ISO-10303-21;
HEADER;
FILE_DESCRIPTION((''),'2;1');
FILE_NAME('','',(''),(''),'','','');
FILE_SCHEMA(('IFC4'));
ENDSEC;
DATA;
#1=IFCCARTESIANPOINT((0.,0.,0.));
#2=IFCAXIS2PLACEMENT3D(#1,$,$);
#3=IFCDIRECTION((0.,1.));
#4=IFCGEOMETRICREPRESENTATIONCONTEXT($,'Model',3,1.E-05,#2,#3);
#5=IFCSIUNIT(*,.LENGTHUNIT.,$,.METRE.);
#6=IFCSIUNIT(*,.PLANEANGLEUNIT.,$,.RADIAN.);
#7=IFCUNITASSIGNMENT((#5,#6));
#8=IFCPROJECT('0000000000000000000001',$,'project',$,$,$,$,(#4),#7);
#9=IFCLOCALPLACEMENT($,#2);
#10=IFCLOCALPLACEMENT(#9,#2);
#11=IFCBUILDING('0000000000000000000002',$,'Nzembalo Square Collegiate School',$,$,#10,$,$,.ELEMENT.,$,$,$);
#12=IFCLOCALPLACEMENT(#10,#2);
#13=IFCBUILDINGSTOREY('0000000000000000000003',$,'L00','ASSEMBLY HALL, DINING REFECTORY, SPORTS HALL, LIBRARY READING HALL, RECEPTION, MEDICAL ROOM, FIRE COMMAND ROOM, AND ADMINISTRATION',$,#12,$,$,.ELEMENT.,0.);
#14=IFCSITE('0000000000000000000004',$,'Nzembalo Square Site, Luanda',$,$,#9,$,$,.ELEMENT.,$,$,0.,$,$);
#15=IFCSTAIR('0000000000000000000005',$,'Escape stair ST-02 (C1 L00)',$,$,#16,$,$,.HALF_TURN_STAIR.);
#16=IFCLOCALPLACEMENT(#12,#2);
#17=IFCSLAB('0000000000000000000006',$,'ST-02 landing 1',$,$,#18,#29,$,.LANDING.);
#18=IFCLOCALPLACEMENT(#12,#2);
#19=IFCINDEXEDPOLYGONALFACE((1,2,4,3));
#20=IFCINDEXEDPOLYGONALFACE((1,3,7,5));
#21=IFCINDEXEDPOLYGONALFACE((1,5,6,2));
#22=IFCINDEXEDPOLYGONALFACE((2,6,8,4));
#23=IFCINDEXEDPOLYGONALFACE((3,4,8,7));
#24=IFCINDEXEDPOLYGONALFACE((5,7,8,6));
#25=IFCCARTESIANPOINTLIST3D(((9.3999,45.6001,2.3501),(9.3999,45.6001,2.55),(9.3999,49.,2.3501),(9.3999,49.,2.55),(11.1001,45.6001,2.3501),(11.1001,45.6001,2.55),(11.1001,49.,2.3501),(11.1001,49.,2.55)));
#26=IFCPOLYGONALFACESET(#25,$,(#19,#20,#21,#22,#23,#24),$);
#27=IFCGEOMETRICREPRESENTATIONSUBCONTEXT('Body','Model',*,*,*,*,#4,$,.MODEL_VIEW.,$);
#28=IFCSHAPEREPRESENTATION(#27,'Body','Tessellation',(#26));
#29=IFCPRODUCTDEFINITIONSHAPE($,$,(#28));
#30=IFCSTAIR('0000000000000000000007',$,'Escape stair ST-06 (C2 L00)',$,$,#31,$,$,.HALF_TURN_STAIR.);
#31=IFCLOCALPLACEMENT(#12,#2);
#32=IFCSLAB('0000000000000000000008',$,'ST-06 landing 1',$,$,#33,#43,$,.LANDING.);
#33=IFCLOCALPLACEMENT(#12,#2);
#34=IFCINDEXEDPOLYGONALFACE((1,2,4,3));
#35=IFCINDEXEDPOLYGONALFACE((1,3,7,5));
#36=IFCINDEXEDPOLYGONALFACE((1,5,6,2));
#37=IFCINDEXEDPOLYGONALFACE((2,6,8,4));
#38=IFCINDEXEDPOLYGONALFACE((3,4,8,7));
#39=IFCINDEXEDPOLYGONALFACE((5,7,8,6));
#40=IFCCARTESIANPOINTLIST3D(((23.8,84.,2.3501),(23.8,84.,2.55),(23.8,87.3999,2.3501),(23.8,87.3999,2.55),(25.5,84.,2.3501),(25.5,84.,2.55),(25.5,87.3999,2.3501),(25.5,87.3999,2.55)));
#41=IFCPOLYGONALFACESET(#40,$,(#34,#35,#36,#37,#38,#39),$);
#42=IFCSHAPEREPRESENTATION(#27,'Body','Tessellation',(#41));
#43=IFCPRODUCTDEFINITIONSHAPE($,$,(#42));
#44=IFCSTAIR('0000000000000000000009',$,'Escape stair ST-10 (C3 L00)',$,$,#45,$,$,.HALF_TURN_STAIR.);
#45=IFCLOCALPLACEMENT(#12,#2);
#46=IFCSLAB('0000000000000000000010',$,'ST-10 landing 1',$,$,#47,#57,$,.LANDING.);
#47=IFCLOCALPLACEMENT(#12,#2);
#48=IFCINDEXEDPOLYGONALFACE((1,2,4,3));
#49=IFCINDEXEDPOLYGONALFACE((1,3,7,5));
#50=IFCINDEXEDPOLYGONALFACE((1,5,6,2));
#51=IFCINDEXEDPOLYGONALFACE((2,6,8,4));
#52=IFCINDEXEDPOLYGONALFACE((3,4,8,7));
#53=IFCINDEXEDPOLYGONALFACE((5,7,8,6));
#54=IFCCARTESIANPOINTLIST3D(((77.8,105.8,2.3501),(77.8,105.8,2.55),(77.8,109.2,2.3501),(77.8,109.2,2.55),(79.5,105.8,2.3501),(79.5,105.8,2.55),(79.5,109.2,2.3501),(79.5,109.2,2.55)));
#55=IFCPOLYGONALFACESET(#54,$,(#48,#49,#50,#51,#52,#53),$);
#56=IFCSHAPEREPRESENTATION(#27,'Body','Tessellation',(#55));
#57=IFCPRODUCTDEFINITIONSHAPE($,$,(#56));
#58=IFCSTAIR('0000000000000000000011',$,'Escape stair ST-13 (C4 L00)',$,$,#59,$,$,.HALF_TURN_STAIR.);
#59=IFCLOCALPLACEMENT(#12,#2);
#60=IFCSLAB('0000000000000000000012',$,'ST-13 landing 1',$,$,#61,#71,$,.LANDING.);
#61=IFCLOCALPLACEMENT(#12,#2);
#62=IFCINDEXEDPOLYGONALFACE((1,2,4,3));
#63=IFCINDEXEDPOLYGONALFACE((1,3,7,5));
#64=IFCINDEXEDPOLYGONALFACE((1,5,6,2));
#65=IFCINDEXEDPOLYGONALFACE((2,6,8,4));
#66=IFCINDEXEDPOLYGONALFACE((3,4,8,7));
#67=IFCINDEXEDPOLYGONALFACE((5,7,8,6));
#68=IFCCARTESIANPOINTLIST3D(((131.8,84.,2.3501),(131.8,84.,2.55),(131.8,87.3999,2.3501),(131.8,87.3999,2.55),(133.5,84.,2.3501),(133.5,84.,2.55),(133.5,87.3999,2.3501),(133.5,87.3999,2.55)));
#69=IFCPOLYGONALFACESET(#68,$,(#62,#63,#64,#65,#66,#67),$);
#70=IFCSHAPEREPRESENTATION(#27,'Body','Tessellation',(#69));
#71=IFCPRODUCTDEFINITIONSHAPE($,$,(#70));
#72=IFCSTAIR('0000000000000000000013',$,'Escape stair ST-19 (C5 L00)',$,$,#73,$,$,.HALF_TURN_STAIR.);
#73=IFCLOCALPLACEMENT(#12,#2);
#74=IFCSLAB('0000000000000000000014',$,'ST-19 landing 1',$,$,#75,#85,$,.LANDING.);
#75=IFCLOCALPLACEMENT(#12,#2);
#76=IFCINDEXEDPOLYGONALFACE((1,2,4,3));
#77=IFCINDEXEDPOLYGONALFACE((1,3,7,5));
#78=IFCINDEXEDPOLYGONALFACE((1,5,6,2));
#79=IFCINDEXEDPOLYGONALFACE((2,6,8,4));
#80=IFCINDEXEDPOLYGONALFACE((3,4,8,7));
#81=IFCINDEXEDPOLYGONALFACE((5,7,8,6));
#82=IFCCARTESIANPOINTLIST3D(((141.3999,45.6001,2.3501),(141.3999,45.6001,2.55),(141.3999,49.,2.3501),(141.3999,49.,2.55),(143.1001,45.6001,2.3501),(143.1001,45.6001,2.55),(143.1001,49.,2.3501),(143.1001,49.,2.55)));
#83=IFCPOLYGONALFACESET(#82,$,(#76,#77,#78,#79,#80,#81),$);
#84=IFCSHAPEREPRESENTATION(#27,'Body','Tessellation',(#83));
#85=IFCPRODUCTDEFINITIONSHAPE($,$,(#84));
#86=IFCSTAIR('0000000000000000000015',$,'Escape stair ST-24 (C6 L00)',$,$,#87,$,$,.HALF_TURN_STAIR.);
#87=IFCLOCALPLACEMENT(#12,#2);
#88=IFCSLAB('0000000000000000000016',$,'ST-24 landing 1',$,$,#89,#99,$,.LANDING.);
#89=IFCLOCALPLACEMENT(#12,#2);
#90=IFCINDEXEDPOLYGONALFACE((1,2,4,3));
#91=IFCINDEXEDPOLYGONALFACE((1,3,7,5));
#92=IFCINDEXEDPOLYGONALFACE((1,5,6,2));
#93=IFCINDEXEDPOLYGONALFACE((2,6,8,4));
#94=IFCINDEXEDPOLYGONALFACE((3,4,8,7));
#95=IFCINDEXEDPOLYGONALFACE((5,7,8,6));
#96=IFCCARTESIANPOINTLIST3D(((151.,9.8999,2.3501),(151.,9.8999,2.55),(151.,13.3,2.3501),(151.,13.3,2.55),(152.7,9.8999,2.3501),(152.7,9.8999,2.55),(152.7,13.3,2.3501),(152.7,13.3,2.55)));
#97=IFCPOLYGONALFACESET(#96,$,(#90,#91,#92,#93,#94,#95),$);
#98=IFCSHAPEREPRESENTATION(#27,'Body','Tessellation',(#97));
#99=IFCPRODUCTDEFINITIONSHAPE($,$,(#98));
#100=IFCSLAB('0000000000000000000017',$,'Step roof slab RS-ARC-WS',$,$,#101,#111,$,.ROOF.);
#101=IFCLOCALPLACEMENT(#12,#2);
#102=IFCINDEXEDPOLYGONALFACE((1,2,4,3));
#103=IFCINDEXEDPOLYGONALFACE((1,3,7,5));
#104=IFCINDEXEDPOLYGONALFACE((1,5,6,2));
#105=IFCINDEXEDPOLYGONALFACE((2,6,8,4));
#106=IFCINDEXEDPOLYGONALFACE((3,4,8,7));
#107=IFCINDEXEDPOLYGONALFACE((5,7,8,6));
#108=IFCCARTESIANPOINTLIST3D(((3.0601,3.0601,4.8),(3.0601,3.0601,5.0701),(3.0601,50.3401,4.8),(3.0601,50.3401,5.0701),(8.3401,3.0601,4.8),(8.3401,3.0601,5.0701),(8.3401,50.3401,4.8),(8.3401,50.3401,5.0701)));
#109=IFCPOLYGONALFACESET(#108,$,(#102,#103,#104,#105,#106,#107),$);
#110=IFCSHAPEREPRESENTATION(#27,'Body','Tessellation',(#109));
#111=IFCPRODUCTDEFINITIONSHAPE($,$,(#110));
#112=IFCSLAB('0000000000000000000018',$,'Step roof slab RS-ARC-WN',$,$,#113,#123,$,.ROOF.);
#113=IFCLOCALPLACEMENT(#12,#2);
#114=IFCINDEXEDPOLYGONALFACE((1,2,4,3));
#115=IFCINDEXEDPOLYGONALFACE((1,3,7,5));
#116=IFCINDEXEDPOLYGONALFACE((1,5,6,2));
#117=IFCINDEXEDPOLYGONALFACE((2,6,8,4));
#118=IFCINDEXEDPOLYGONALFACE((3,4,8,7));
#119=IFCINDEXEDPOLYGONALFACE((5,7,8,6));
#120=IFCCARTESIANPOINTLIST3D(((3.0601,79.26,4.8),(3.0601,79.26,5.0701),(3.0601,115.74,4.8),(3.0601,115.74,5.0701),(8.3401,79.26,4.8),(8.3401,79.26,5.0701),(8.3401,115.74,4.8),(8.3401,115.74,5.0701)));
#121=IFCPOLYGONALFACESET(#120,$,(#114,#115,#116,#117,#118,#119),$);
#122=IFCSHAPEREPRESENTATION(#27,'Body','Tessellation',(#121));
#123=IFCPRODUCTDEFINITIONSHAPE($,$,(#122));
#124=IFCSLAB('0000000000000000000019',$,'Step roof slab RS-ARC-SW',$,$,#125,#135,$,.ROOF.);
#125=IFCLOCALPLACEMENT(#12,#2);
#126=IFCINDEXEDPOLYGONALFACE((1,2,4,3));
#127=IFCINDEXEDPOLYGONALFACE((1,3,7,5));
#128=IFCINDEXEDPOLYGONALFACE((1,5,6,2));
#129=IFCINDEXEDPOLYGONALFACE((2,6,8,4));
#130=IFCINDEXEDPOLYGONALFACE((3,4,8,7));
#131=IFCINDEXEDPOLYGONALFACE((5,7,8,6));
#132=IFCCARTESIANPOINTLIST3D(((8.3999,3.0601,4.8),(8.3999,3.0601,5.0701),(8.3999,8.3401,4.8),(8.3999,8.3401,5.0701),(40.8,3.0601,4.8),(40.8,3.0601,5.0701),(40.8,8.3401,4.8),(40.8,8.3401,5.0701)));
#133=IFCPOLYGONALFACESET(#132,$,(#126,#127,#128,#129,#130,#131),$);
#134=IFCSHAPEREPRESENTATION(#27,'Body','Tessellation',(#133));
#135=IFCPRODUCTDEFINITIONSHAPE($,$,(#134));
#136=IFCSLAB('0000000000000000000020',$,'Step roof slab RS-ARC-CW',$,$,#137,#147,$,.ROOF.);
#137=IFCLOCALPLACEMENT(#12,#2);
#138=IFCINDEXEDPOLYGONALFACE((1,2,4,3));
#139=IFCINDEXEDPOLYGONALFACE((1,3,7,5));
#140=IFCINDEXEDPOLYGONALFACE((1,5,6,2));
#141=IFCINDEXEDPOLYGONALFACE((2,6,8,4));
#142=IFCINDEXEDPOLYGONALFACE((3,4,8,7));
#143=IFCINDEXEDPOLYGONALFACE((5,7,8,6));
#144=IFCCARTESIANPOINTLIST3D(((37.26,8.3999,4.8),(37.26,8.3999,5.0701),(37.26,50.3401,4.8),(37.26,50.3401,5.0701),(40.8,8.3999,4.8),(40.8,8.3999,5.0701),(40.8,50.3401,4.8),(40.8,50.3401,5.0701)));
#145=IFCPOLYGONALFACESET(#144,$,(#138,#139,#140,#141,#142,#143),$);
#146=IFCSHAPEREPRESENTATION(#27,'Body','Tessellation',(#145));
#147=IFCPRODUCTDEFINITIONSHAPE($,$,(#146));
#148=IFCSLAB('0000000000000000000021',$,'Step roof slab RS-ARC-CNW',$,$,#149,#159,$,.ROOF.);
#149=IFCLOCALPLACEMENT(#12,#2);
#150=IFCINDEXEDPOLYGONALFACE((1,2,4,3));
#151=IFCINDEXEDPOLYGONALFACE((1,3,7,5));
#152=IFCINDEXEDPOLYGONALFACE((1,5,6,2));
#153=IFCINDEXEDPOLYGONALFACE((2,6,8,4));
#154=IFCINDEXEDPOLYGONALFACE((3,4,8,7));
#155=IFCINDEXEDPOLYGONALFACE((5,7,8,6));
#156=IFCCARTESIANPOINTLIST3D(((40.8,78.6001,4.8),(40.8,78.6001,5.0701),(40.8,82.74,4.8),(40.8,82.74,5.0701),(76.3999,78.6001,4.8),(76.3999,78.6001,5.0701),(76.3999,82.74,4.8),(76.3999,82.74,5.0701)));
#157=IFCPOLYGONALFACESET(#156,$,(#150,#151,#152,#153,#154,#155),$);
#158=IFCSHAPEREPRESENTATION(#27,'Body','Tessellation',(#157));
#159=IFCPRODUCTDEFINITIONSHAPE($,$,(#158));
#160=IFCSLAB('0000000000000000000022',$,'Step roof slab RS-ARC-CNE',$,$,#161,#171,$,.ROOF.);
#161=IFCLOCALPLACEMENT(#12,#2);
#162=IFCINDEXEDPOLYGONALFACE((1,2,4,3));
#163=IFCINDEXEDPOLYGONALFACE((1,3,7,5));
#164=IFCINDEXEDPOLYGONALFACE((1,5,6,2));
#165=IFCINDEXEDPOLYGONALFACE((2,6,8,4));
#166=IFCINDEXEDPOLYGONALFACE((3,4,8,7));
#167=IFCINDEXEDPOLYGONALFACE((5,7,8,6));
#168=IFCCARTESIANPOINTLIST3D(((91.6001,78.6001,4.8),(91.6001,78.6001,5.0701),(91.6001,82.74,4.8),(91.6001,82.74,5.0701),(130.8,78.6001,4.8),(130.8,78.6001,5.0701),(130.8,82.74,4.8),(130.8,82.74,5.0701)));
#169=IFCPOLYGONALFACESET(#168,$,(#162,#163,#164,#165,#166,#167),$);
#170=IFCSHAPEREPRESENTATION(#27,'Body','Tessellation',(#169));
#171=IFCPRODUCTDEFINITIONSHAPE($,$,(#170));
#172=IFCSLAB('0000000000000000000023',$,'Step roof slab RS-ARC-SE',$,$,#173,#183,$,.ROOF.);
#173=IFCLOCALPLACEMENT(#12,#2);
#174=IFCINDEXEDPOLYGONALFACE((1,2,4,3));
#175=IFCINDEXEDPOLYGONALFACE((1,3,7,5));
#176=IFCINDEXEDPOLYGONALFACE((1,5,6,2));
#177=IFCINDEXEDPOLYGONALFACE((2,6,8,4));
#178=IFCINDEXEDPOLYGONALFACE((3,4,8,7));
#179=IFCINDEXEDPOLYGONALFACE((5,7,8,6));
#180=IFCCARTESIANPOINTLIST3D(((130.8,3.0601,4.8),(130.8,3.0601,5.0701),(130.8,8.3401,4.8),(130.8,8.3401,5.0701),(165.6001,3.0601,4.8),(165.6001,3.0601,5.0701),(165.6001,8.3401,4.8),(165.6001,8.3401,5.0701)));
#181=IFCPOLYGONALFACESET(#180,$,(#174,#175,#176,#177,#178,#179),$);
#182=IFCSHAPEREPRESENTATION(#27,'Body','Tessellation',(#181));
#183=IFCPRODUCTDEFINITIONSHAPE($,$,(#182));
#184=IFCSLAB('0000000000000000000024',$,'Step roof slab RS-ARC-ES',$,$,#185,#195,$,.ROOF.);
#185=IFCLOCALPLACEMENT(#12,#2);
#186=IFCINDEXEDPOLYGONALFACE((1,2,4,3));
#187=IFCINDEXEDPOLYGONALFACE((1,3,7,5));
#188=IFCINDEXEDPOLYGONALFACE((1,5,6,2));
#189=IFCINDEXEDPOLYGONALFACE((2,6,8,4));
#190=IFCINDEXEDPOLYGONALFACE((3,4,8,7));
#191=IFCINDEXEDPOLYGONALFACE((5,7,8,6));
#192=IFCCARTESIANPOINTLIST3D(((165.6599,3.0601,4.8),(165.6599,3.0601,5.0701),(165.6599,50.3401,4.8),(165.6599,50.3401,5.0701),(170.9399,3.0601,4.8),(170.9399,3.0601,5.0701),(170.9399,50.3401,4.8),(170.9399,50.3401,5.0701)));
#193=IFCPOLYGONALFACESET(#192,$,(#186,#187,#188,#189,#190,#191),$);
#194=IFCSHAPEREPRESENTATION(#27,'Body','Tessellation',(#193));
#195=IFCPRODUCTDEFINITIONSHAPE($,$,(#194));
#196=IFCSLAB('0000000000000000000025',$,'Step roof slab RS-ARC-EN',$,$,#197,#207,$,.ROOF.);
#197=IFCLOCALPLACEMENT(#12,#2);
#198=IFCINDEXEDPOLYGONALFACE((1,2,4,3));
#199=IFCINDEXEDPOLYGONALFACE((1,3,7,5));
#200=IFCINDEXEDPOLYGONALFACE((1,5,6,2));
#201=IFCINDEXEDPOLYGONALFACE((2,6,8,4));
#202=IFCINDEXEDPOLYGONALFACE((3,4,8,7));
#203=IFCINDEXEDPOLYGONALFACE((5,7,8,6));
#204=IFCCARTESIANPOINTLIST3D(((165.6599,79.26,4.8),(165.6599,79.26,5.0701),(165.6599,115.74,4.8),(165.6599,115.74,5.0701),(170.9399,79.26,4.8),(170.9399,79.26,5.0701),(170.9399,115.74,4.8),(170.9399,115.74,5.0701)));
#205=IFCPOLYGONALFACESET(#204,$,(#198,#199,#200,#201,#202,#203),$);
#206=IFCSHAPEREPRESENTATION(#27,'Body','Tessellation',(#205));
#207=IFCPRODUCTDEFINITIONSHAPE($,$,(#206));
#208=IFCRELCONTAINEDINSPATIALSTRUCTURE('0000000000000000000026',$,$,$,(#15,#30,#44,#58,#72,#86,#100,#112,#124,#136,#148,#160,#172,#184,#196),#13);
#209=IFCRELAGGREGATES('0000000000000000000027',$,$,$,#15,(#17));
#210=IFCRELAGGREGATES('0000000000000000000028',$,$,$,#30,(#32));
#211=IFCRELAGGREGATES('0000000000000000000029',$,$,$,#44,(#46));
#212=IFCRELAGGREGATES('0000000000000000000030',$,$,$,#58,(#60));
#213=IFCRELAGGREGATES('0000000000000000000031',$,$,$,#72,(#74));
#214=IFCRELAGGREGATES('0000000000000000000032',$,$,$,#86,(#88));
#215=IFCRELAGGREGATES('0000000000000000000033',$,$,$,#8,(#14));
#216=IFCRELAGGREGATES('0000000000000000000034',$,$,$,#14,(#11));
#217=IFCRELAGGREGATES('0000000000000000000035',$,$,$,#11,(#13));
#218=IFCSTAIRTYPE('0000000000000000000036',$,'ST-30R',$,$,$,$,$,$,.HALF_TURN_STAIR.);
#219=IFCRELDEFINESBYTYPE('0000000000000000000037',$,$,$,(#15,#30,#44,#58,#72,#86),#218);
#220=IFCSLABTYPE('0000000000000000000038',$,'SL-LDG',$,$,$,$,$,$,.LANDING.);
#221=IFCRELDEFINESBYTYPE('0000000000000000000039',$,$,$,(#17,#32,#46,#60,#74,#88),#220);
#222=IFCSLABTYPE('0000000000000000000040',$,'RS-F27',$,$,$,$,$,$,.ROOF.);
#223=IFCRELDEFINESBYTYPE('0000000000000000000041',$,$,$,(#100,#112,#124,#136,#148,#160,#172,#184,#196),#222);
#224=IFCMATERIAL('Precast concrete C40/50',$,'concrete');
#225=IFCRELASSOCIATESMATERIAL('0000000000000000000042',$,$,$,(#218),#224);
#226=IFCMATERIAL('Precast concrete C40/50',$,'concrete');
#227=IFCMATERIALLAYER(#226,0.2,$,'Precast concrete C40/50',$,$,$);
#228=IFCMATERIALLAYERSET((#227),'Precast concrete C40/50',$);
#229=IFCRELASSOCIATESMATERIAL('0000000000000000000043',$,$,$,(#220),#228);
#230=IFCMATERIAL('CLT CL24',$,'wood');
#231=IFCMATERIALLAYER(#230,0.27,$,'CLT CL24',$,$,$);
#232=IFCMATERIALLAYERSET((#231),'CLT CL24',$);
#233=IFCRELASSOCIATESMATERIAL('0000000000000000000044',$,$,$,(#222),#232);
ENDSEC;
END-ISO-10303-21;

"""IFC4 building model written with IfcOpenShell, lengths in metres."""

from ifc_helpers import new_model, si_unit, direction, frame, origin, place, context, subcontext, project, spatial, polyline, outline, extrude, material, layer, layer_set, type_object, element, aggregate, save


model = new_model("IFC4")

# Units and contexts
model_context = context("Model", 3, precision=1e-05, world=origin(), true_north=direction((0.0, 1.0)))
body_context = subcontext(model_context, "Body", "Model", "MODEL_VIEW")
ifc_project = project(units=[si_unit("LENGTHUNIT", "METRE"), si_unit("PLANEANGLEUNIT", "RADIAN")], contexts=[model_context])

# Site, building, storey
site_placement = place(None, origin())
site = spatial("IfcSite", under=ifc_project, at=site_placement, Name="Nzembalo Square Site, Luanda", CompositionType="ELEMENT", RefElevation=0.0)
building_placement = place(site_placement, origin())
building = spatial("IfcBuilding", under=site, at=building_placement, Name="Nzembalo Square Collegiate School", CompositionType="ELEMENT")
storey_placement = place(building_placement, origin())
storey = spatial("IfcBuildingStorey", under=building, at=storey_placement, Name="L00", Description="ASSEMBLY HALL, DINING REFECTORY, SPORTS HALL, LIBRARY READING HALL, RECEPTION, MEDICAL ROOM, FIRE COMMAND ROOM, AND ADMINISTRATION", CompositionType="ELEMENT", Elevation=0.0)

# Stairs, slabs
ifc_material_1 = material(Name="Precast concrete C40/50", Category="concrete")
stair_type = type_object("IfcStairType", Name="ST-30R", PredefinedType="HALF_TURN_STAIR", material=ifc_material_1)
stair_1_placement = place(storey_placement, origin())
stair_1 = element("IfcStair", 1, at=stair_1_placement, inside=storey, type_object=stair_type, Name="Escape stair ST-02 (C1 L00)", PredefinedType="HALF_TURN_STAIR")
ifc_material_2 = material(Name="Precast concrete C40/50", Category="concrete")
ifc_layer_1 = layer(ifc_material_2, 0.2, Name="Precast concrete C40/50")
ifc_layer_set_1 = layer_set([ifc_layer_1], Name="Precast concrete C40/50")
slab_type_1 = type_object("IfcSlabType", Name="SL-LDG", PredefinedType="LANDING", material=ifc_layer_set_1)
slab_1_placement = place(storey_placement, frame((0.0, 0.0, 2.3501)))
slab_1 = element("IfcSlab", 2, at=slab_1_placement, type_object=slab_type_1, Name="ST-02 landing 1", PredefinedType="LANDING", context=body_context, shape_type="SweptSolid", body=[
    extrude(outline(polyline([(11.1001, 49.0), (9.3999, 49.0), (9.3999, 45.6001), (11.1001, 45.6001), (11.1001, 49.0)])), origin(), (0.0, 0.0, 1.0), 0.2),
])
aggregate(stair_1, [slab_1])
stair_2_placement = place(storey_placement, origin())
stair_2 = element("IfcStair", 3, at=stair_2_placement, inside=storey, type_object=stair_type, Name="Escape stair ST-06 (C2 L00)", PredefinedType="HALF_TURN_STAIR")
slab_2_placement = place(storey_placement, frame((0.0, 0.0, 2.3501)))
slab_2 = element("IfcSlab", 4, at=slab_2_placement, type_object=slab_type_1, Name="ST-06 landing 1", PredefinedType="LANDING", context=body_context, shape_type="SweptSolid", body=[
    extrude(outline(polyline([(25.5, 87.3999), (23.8, 87.3999), (23.8, 84.0), (25.5, 84.0), (25.5, 87.3999)])), origin(), (0.0, 0.0, 1.0), 0.2),
])
aggregate(stair_2, [slab_2])
stair_3_placement = place(storey_placement, origin())
stair_3 = element("IfcStair", 5, at=stair_3_placement, inside=storey, type_object=stair_type, Name="Escape stair ST-10 (C3 L00)", PredefinedType="HALF_TURN_STAIR")
slab_3_placement = place(storey_placement, frame((0.0, 0.0, 2.3501)))
slab_3 = element("IfcSlab", 6, at=slab_3_placement, type_object=slab_type_1, Name="ST-10 landing 1", PredefinedType="LANDING", context=body_context, shape_type="SweptSolid", body=[
    extrude(outline(polyline([(79.5, 109.2), (77.8, 109.2), (77.8, 105.8), (79.5, 105.8), (79.5, 109.2)])), origin(), (0.0, 0.0, 1.0), 0.2),
])
aggregate(stair_3, [slab_3])
stair_4_placement = place(storey_placement, origin())
stair_4 = element("IfcStair", 7, at=stair_4_placement, inside=storey, type_object=stair_type, Name="Escape stair ST-13 (C4 L00)", PredefinedType="HALF_TURN_STAIR")
slab_4_placement = place(storey_placement, frame((0.0, 0.0, 2.3501)))
slab_4 = element("IfcSlab", 8, at=slab_4_placement, type_object=slab_type_1, Name="ST-13 landing 1", PredefinedType="LANDING", context=body_context, shape_type="SweptSolid", body=[
    extrude(outline(polyline([(133.5, 87.3999), (131.8, 87.3999), (131.8, 84.0), (133.5, 84.0), (133.5, 87.3999)])), origin(), (0.0, 0.0, 1.0), 0.2),
])
aggregate(stair_4, [slab_4])
stair_5_placement = place(storey_placement, origin())
stair_5 = element("IfcStair", 9, at=stair_5_placement, inside=storey, type_object=stair_type, Name="Escape stair ST-19 (C5 L00)", PredefinedType="HALF_TURN_STAIR")
slab_5_placement = place(storey_placement, frame((0.0, 0.0, 2.3501)))
slab_5 = element("IfcSlab", 10, at=slab_5_placement, type_object=slab_type_1, Name="ST-19 landing 1", PredefinedType="LANDING", context=body_context, shape_type="SweptSolid", body=[
    extrude(outline(polyline([(143.1001, 49.0), (141.3999, 49.0), (141.3999, 45.6001), (143.1001, 45.6001), (143.1001, 49.0)])), origin(), (0.0, 0.0, 1.0), 0.2),
])
aggregate(stair_5, [slab_5])
stair_6_placement = place(storey_placement, origin())
stair_6 = element("IfcStair", 11, at=stair_6_placement, inside=storey, type_object=stair_type, Name="Escape stair ST-24 (C6 L00)", PredefinedType="HALF_TURN_STAIR")
slab_6_placement = place(storey_placement, frame((0.0, 0.0, 2.3501)))
slab_6 = element("IfcSlab", 12, at=slab_6_placement, type_object=slab_type_1, Name="ST-24 landing 1", PredefinedType="LANDING", context=body_context, shape_type="SweptSolid", body=[
    extrude(outline(polyline([(152.7, 13.3), (151.0, 13.3), (151.0, 9.8999), (152.7, 9.8999), (152.7, 13.3)])), origin(), (0.0, 0.0, 1.0), 0.2),
])
aggregate(stair_6, [slab_6])

# Slabs
ifc_material_3 = material(Name="CLT CL24", Category="wood")
ifc_layer_2 = layer(ifc_material_3, 0.27, Name="CLT CL24")
ifc_layer_set_2 = layer_set([ifc_layer_2], Name="CLT CL24")
slab_type_2 = type_object("IfcSlabType", Name="RS-F27", PredefinedType="ROOF", material=ifc_layer_set_2)
slab_7_placement = place(storey_placement, frame((0.0, 0.0, 4.8)))
element("IfcSlab", 13, at=slab_7_placement, inside=storey, type_object=slab_type_2, Name="Step roof slab RS-ARC-WS", PredefinedType="ROOF", context=body_context, shape_type="SweptSolid", body=[
    extrude(outline(polyline([(3.0601, 3.0601), (8.3401, 3.0601), (8.3401, 50.3401), (3.0601, 50.3401), (3.0601, 3.0601)])), origin(), (0.0, 0.0, 1.0), 0.27),
])
slab_8_placement = place(storey_placement, frame((0.0, 0.0, 4.8)))
element("IfcSlab", 14, at=slab_8_placement, inside=storey, type_object=slab_type_2, Name="Step roof slab RS-ARC-WN", PredefinedType="ROOF", context=body_context, shape_type="SweptSolid", body=[
    extrude(outline(polyline([(3.0601, 79.26), (8.3401, 79.26), (8.3401, 115.74), (3.0601, 115.74), (3.0601, 79.26)])), origin(), (0.0, 0.0, 1.0), 0.27),
])
slab_9_placement = place(storey_placement, frame((0.0, 0.0, 4.8)))
element("IfcSlab", 15, at=slab_9_placement, inside=storey, type_object=slab_type_2, Name="Step roof slab RS-ARC-SW", PredefinedType="ROOF", context=body_context, shape_type="SweptSolid", body=[
    extrude(outline(polyline([(8.3999, 3.0601), (40.8, 3.0601), (40.8, 8.3401), (8.3999, 8.3401), (8.3999, 3.0601)])), origin(), (0.0, 0.0, 1.0), 0.27),
])
slab_10_placement = place(storey_placement, frame((0.0, 0.0, 4.8)))
element("IfcSlab", 16, at=slab_10_placement, inside=storey, type_object=slab_type_2, Name="Step roof slab RS-ARC-CW", PredefinedType="ROOF", context=body_context, shape_type="SweptSolid", body=[
    extrude(outline(polyline([(37.26, 8.3999), (40.8, 8.3999), (40.8, 50.3401), (37.26, 50.3401), (37.26, 8.3999)])), origin(), (0.0, 0.0, 1.0), 0.27),
])
slab_11_placement = place(storey_placement, frame((0.0, 0.0, 4.8)))
element("IfcSlab", 17, at=slab_11_placement, inside=storey, type_object=slab_type_2, Name="Step roof slab RS-ARC-CNW", PredefinedType="ROOF", context=body_context, shape_type="SweptSolid", body=[
    extrude(outline(polyline([(40.8, 78.6001), (76.3999, 78.6001), (76.3999, 82.74), (40.8, 82.74), (40.8, 78.6001)])), origin(), (0.0, 0.0, 1.0), 0.27),
])
slab_12_placement = place(storey_placement, frame((0.0, 0.0, 4.8)))
element("IfcSlab", 18, at=slab_12_placement, inside=storey, type_object=slab_type_2, Name="Step roof slab RS-ARC-CNE", PredefinedType="ROOF", context=body_context, shape_type="SweptSolid", body=[
    extrude(outline(polyline([(91.6001, 78.6001), (130.8, 78.6001), (130.8, 82.74), (91.6001, 82.74), (91.6001, 78.6001)])), origin(), (0.0, 0.0, 1.0), 0.27),
])
slab_13_placement = place(storey_placement, frame((0.0, 0.0, 4.8)))
element("IfcSlab", 19, at=slab_13_placement, inside=storey, type_object=slab_type_2, Name="Step roof slab RS-ARC-SE", PredefinedType="ROOF", context=body_context, shape_type="SweptSolid", body=[
    extrude(outline(polyline([(130.8, 3.0601), (165.6001, 3.0601), (165.6001, 8.3401), (130.8, 8.3401), (130.8, 3.0601)])), origin(), (0.0, 0.0, 1.0), 0.27),
])
slab_14_placement = place(storey_placement, frame((0.0, 0.0, 4.8)))
element("IfcSlab", 20, at=slab_14_placement, inside=storey, type_object=slab_type_2, Name="Step roof slab RS-ARC-ES", PredefinedType="ROOF", context=body_context, shape_type="SweptSolid", body=[
    extrude(outline(polyline([(165.6599, 3.0601), (170.9399, 3.0601), (170.9399, 50.3401), (165.6599, 50.3401), (165.6599, 3.0601)])), origin(), (0.0, 0.0, 1.0), 0.27),
])
slab_15_placement = place(storey_placement, frame((0.0, 0.0, 4.8)))
element("IfcSlab", 21, at=slab_15_placement, inside=storey, type_object=slab_type_2, Name="Step roof slab RS-ARC-EN", PredefinedType="ROOF", context=body_context, shape_type="SweptSolid", body=[
    extrude(outline(polyline([(165.6599, 79.26), (170.9399, 79.26), (170.9399, 115.74), (165.6599, 115.74), (165.6599, 79.26)])), origin(), (0.0, 0.0, 1.0), 0.27),
])

save(model, "model.ifc")
